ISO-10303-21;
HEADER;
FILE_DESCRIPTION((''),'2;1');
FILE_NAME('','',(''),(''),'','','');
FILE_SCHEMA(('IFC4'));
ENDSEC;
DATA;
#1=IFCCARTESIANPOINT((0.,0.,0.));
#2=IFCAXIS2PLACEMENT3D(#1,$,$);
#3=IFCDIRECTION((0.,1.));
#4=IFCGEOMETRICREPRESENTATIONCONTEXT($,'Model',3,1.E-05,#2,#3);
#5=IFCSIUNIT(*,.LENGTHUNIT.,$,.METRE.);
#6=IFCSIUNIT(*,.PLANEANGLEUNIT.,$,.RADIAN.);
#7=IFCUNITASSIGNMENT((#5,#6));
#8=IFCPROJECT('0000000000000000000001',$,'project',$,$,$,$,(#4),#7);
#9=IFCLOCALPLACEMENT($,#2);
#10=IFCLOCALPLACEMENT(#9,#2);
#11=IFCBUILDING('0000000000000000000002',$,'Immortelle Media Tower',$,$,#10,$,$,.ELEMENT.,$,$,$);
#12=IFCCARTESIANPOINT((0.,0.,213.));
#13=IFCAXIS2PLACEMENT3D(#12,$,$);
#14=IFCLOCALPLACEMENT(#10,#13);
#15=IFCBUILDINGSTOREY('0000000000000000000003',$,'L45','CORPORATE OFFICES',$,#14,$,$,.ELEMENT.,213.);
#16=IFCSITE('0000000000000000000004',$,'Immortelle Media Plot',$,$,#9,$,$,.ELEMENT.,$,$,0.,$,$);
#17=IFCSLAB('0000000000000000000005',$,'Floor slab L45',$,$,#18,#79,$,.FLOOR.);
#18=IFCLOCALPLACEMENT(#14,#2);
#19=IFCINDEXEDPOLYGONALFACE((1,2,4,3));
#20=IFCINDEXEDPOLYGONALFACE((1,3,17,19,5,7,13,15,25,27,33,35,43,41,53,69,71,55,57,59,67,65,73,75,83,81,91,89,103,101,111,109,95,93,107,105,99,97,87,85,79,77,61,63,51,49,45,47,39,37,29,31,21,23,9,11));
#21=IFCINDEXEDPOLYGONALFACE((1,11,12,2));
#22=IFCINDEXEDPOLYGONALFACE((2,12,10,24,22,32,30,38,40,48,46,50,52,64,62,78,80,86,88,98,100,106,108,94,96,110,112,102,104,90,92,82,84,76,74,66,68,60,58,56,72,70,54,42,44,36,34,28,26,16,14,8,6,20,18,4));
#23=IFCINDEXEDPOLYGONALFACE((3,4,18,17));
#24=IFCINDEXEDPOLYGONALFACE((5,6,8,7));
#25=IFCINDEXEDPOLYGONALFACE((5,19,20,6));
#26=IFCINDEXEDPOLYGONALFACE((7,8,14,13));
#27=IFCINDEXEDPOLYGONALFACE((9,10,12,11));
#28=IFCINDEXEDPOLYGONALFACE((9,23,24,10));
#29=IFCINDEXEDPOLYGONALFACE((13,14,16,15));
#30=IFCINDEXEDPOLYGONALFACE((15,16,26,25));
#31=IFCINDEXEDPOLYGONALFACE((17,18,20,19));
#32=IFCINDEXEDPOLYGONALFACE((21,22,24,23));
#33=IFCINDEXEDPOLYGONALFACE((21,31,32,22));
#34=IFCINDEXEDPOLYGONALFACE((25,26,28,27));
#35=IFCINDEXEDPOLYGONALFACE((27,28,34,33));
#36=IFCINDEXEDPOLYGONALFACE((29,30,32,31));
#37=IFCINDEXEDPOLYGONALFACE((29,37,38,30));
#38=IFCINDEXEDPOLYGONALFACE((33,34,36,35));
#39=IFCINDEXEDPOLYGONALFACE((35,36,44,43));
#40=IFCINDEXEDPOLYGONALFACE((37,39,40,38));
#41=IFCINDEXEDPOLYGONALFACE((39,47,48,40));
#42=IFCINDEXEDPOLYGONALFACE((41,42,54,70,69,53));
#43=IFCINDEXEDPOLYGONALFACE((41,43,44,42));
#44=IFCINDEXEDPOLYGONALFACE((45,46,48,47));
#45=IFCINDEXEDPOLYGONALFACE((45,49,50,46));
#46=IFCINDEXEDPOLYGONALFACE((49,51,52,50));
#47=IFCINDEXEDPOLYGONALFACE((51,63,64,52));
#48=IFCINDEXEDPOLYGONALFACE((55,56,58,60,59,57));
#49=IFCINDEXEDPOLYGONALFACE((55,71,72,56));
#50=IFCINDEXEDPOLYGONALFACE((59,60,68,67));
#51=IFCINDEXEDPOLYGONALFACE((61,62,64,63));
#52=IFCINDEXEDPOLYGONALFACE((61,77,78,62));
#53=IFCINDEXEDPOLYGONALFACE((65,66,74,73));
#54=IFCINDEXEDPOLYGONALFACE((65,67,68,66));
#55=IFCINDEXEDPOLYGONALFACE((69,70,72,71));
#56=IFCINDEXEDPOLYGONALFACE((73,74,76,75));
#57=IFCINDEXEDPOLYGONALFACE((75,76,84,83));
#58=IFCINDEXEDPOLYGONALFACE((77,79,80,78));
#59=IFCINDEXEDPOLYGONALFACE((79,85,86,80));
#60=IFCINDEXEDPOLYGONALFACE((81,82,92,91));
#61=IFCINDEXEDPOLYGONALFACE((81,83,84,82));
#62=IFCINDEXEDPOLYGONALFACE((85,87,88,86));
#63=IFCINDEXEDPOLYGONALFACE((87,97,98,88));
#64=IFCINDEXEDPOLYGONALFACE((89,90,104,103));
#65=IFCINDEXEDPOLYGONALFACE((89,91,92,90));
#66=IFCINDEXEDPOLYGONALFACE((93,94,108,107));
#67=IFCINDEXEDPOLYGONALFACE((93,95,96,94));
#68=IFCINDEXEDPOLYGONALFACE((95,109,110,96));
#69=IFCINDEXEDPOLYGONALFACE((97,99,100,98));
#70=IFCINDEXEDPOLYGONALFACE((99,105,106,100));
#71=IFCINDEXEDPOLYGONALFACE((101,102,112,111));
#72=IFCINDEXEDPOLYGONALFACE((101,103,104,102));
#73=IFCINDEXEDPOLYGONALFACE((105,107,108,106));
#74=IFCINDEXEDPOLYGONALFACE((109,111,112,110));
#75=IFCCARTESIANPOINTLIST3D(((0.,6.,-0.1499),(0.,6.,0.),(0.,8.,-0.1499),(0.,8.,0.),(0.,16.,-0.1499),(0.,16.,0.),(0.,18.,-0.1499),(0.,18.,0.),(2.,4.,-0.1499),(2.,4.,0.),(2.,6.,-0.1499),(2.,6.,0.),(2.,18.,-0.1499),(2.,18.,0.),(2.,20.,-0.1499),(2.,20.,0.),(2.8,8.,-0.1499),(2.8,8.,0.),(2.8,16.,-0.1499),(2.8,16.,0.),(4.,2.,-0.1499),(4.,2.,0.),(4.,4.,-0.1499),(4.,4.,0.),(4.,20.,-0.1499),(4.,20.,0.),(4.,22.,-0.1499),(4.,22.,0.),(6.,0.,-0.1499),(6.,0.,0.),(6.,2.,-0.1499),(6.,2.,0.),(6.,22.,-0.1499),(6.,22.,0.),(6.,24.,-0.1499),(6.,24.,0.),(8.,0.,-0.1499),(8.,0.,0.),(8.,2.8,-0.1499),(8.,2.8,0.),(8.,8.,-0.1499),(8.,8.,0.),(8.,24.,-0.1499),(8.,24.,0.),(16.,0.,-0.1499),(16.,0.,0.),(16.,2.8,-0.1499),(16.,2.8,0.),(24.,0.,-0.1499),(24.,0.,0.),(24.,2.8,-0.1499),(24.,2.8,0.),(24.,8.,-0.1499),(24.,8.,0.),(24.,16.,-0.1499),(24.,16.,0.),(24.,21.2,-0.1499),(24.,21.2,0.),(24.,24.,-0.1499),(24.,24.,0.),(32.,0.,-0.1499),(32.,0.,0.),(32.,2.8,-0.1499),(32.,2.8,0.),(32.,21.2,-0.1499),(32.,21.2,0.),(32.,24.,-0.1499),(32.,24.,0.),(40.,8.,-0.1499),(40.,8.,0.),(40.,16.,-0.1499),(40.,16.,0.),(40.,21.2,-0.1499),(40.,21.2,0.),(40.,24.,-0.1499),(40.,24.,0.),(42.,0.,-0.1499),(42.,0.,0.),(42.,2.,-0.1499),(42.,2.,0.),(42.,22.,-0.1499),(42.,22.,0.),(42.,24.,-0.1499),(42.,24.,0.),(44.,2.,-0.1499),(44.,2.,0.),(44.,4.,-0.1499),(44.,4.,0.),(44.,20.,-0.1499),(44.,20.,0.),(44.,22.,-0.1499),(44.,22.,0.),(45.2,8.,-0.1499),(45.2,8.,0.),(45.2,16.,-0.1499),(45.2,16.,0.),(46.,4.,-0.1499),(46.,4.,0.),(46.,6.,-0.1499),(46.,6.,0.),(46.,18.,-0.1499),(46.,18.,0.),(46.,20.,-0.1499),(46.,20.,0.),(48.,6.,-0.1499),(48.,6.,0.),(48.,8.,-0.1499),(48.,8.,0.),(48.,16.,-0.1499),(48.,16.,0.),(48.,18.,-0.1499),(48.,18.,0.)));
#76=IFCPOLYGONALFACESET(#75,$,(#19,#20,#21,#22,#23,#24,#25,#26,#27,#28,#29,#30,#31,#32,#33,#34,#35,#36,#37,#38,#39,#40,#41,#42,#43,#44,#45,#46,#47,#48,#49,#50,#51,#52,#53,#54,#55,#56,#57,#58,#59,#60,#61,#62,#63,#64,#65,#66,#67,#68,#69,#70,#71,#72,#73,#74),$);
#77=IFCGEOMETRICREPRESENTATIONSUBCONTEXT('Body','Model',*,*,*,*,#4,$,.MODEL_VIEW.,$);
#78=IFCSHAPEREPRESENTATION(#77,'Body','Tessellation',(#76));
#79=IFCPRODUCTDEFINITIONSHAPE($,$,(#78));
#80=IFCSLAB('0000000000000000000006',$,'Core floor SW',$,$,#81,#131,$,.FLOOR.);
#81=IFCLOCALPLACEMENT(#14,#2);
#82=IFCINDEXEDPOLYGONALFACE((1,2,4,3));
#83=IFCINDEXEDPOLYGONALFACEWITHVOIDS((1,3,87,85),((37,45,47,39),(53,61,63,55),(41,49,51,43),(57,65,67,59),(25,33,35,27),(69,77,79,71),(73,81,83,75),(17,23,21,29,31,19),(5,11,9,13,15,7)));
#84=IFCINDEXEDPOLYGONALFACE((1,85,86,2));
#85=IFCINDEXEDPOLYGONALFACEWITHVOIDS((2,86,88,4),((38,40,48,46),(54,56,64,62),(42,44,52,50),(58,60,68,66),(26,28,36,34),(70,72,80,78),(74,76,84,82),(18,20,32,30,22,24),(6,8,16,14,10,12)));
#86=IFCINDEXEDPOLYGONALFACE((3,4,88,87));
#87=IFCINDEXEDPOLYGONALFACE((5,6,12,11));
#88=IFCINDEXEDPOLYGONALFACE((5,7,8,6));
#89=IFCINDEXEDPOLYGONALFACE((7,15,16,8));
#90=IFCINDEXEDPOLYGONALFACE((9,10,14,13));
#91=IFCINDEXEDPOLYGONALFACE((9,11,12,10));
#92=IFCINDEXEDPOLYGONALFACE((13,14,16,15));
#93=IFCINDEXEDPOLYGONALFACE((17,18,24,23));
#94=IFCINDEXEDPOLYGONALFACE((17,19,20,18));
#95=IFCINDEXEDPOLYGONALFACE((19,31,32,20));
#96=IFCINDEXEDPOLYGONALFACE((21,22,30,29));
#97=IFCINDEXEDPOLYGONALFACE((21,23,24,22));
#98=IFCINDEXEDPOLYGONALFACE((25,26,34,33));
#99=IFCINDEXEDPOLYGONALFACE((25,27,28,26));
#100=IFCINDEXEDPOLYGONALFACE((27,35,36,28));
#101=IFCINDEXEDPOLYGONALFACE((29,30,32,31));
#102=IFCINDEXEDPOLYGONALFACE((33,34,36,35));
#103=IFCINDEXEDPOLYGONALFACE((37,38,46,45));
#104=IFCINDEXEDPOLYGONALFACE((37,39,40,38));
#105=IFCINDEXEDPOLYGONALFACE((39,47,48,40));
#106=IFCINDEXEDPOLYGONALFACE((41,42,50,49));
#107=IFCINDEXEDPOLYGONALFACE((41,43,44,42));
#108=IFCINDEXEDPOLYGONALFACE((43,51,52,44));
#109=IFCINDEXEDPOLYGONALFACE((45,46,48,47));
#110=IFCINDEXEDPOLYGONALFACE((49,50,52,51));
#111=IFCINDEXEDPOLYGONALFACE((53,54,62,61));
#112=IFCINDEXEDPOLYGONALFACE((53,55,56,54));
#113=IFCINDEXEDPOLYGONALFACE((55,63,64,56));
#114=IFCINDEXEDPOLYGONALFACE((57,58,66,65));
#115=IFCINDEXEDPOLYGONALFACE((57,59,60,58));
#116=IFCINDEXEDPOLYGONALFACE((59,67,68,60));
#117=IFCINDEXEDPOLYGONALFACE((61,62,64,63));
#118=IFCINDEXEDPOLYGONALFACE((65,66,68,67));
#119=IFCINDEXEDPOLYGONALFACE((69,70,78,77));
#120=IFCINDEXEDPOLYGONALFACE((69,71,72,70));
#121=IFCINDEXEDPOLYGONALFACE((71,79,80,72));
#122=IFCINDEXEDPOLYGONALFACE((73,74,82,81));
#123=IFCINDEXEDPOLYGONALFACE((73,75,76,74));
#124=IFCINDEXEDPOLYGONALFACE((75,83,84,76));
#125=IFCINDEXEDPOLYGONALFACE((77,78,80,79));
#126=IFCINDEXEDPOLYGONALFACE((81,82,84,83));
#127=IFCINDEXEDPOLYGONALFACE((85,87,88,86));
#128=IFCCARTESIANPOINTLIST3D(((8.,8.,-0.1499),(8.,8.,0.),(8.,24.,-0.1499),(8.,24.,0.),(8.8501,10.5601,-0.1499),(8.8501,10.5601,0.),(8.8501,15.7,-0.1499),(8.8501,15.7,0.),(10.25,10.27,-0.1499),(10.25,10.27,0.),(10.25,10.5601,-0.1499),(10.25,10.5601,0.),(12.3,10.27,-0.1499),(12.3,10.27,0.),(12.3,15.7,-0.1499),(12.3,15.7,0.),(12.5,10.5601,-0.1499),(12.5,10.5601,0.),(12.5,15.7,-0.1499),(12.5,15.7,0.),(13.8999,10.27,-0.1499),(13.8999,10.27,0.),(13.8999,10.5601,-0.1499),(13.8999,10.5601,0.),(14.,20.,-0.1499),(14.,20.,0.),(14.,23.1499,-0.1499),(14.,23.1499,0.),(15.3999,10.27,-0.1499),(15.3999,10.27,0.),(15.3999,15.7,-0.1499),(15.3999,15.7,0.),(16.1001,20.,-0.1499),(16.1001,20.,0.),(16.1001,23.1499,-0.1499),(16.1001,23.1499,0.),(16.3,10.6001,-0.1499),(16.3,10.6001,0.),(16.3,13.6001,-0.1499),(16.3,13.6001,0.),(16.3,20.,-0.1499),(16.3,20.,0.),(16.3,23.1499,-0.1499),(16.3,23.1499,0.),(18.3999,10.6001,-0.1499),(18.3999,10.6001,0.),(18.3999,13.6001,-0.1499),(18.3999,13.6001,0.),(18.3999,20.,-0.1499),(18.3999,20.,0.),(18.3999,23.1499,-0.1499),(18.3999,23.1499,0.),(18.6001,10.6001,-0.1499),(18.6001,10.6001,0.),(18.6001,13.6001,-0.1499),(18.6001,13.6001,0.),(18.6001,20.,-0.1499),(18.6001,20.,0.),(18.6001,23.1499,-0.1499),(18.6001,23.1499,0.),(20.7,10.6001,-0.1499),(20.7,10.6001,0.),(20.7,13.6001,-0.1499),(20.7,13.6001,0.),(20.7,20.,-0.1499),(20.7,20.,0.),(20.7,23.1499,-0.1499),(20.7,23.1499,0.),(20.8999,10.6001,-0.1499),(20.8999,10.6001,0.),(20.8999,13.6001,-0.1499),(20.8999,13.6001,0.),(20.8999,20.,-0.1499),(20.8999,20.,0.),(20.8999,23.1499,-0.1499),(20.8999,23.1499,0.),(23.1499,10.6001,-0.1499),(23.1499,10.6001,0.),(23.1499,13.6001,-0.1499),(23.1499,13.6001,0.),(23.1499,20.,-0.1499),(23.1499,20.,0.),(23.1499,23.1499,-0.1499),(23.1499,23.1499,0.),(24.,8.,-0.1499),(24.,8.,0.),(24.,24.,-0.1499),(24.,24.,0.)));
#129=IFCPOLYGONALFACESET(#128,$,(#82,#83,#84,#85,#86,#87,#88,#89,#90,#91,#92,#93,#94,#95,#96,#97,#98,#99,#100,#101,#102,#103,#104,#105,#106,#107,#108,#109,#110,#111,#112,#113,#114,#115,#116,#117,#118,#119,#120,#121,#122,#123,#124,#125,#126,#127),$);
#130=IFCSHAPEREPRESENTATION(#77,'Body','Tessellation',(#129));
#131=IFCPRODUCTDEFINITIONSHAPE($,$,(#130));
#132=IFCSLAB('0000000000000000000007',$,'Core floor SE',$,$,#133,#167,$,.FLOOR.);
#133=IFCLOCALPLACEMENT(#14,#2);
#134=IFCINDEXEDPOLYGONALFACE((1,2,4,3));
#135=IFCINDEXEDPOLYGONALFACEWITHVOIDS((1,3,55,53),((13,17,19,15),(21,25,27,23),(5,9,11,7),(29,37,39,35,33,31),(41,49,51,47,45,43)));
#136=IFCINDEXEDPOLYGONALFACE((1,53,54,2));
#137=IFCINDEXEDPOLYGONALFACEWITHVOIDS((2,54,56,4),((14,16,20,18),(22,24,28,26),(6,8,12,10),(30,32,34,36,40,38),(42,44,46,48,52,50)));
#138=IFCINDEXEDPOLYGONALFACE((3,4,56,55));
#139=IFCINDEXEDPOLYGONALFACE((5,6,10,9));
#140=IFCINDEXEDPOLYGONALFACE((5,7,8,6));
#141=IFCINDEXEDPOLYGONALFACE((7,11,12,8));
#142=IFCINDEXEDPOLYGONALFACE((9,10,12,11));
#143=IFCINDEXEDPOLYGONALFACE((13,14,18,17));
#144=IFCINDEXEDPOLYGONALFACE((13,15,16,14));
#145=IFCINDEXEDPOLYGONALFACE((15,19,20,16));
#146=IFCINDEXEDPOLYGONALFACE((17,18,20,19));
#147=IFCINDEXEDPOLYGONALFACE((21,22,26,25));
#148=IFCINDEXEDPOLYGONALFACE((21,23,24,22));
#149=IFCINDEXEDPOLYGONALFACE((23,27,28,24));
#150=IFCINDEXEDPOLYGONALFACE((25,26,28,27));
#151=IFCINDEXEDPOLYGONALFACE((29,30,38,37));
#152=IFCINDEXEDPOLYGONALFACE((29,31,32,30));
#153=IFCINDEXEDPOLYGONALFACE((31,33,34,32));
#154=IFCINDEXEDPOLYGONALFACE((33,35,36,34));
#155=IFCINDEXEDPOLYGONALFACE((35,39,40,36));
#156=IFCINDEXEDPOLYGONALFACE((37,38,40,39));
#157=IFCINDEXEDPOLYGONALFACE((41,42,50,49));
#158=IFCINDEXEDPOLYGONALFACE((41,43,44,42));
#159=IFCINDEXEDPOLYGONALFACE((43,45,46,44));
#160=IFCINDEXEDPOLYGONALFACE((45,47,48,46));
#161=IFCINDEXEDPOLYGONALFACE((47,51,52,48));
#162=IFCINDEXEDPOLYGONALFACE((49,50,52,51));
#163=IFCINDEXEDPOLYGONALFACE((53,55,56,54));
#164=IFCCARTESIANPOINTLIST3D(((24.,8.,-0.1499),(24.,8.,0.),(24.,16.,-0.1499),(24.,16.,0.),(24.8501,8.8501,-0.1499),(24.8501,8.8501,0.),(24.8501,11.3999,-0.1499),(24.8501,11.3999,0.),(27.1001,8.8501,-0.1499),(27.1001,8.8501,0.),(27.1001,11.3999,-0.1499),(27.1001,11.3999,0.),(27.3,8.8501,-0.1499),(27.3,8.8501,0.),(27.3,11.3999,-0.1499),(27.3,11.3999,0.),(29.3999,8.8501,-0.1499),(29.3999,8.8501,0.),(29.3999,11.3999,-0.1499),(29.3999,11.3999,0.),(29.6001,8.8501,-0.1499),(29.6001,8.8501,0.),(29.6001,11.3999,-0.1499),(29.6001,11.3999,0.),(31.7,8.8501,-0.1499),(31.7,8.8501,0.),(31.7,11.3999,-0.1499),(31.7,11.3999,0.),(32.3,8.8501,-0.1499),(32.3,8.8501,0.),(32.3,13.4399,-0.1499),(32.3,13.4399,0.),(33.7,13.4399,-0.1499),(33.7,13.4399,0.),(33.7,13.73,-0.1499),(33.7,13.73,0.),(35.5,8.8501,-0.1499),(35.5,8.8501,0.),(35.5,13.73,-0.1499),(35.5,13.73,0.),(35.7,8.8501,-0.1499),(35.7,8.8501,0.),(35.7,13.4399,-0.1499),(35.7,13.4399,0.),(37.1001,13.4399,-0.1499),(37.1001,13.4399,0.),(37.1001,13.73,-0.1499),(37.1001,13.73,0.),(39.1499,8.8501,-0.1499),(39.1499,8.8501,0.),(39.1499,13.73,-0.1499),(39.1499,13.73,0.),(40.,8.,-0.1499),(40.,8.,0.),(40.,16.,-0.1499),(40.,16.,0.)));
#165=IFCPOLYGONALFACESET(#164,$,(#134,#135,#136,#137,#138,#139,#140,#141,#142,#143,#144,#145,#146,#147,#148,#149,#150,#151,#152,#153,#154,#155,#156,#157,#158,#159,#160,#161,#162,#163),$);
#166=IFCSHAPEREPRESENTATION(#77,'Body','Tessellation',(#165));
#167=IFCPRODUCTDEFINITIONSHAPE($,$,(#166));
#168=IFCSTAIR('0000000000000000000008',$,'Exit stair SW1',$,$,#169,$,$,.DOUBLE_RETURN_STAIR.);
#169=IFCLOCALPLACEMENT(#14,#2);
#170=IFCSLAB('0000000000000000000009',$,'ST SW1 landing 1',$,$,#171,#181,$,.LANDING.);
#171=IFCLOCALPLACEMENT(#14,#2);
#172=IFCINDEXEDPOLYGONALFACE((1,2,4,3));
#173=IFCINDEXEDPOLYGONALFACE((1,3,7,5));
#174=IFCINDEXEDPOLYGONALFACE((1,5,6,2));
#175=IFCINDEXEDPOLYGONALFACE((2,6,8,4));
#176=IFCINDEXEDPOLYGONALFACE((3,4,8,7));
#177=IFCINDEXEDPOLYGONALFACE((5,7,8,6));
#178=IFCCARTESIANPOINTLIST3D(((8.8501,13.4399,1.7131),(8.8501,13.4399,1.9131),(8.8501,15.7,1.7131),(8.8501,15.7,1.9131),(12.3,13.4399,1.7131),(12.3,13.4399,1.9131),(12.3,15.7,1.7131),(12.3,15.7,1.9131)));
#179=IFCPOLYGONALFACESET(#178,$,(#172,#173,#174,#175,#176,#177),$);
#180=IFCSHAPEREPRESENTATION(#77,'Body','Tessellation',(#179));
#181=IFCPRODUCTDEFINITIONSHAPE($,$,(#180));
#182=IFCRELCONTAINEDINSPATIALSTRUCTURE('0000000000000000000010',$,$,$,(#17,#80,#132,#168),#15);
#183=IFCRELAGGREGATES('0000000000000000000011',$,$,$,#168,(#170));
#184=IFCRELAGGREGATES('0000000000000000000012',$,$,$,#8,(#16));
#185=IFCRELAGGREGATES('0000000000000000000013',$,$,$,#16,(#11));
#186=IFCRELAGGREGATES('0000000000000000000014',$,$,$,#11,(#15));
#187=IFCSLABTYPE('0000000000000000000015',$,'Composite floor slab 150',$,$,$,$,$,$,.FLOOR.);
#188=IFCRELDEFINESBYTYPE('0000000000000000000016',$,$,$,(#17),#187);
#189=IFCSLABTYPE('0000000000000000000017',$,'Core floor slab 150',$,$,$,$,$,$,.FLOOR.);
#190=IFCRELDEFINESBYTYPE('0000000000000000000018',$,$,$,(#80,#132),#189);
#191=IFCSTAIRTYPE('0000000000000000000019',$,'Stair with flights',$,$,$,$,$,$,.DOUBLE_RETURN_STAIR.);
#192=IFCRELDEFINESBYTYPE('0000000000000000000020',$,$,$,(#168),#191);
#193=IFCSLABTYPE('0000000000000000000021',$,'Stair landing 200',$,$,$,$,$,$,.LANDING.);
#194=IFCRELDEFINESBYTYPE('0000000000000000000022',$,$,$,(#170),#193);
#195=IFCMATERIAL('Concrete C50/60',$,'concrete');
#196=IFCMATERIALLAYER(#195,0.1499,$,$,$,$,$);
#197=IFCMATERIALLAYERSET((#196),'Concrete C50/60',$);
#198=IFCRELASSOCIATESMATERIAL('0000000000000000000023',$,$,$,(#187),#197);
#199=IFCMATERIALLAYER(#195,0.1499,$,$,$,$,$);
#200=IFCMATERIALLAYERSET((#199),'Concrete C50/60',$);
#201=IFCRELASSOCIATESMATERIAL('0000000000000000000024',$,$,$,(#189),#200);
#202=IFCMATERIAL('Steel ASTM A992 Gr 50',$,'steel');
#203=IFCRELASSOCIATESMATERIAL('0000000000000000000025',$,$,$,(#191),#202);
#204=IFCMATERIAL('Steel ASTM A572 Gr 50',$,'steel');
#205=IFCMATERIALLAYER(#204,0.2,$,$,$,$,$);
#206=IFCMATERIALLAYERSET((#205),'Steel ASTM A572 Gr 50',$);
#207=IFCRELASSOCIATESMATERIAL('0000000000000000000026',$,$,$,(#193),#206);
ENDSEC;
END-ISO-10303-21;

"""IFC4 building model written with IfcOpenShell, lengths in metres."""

from ifc_helpers import new_model, si_unit, direction, frame, origin, place, context, subcontext, project, spatial, polyline, outline, extrude, material, layer, layer_set, type_object, element, aggregate, save


model = new_model("IFC4")

# Units and contexts
model_context = context("Model", 3, precision=1e-05, world=origin(), true_north=direction((0.0, 1.0)))
body_context = subcontext(model_context, "Body", "Model", "MODEL_VIEW")
ifc_project = project(units=[si_unit("LENGTHUNIT", "METRE"), si_unit("PLANEANGLEUNIT", "RADIAN")], contexts=[model_context])

# Site, building, storey
site_placement = place(None, origin())
site = spatial("IfcSite", under=ifc_project, at=site_placement, Name="Immortelle Media Plot", CompositionType="ELEMENT", RefElevation=0.0)
building_placement = place(site_placement, origin())
building = spatial("IfcBuilding", under=site, at=building_placement, Name="Immortelle Media Tower", CompositionType="ELEMENT")
storey_placement = place(building_placement, frame((0.0, 0.0, 213.0)))
storey = spatial("IfcBuildingStorey", under=building, at=storey_placement, Name="L45", Description="CORPORATE OFFICES", CompositionType="ELEMENT", Elevation=213.0)

# Shared definitions
ifc_material_1 = material(Name="Steel ASTM A992 Gr 50", Category="steel")

# Slabs
ifc_material_2 = material(Name="Concrete C50/60", Category="concrete")
ifc_layer_1 = layer(ifc_material_2, 0.1499)
ifc_layer_set_1 = layer_set([ifc_layer_1], Name="Concrete C50/60")
slab_type_1 = type_object("IfcSlabType", Name="Composite floor slab 150", PredefinedType="FLOOR", material=ifc_layer_set_1)
slab_1_placement = place(storey_placement, frame((0.0, 0.0, -0.1499)))
element("IfcSlab", 1, at=slab_1_placement, inside=storey, type_object=slab_type_1, Name="Floor slab L45", PredefinedType="FLOOR", context=body_context, shape_type="SweptSolid", body=[
    extrude(outline(polyline([(6.0, 0.0), (6.0, 2.0), (4.0, 2.0), (4.0, 4.0), (2.0, 4.0), (2.0, 6.0), (0.0, 6.0), (0.0, 8.0), (2.8, 8.0), (2.8, 16.0), (0.0, 16.0), (0.0, 18.0), (2.0, 18.0), (2.0, 20.0), (4.0, 20.0), (4.0, 22.0), (6.0, 22.0), (6.0, 24.0), (8.0, 24.0), (8.0, 8.0), (24.0, 8.0), (40.0, 8.0), (40.0, 16.0), (24.0, 16.0), (24.0, 21.2), (24.0, 24.0), (32.0, 24.0), (32.0, 21.2), (40.0, 21.2), (40.0, 24.0), (42.0, 24.0), (42.0, 22.0), (44.0, 22.0), (44.0, 20.0), (46.0, 20.0), (46.0, 18.0), (48.0, 18.0), (48.0, 16.0), (45.2, 16.0), (45.2, 8.0), (48.0, 8.0), (48.0, 6.0), (46.0, 6.0), (46.0, 4.0), (44.0, 4.0), (44.0, 2.0), (42.0, 2.0), (42.0, 0.0), (32.0, 0.0), (32.0, 2.8), (24.0, 2.8), (24.0, 0.0), (16.0, 0.0), (16.0, 2.8), (8.0, 2.8), (8.0, 0.0), (6.0, 0.0)])), origin(), (0.0, 0.0, 1.0), 0.1499),
])
ifc_layer_2 = layer(ifc_material_2, 0.1499)
ifc_layer_set_2 = layer_set([ifc_layer_2], Name="Concrete C50/60")
slab_type_2 = type_object("IfcSlabType", Name="Core floor slab 150", PredefinedType="FLOOR", material=ifc_layer_set_2)
slab_2_placement = place(storey_placement, frame((0.0, 0.0, -0.1499)))
element("IfcSlab", 2, at=slab_2_placement, inside=storey, type_object=slab_type_2, Name="Core floor SW", PredefinedType="FLOOR", context=body_context, shape_type="SweptSolid", body=[
    extrude(outline(polyline([(8.0, 8.0), (24.0, 8.0), (24.0, 24.0), (8.0, 24.0), (8.0, 8.0)]), holes=[polyline([(14.0, 20.0), (16.1001, 20.0), (16.1001, 23.1499), (14.0, 23.1499), (14.0, 20.0)]), polyline([(16.3, 20.0), (18.3999, 20.0), (18.3999, 23.1499), (16.3, 23.1499), (16.3, 20.0)]), polyline([(18.6001, 20.0), (20.7, 20.0), (20.7, 23.1499), (18.6001, 23.1499), (18.6001, 20.0)]), polyline([(20.8999, 20.0), (23.1499, 20.0), (23.1499, 23.1499), (20.8999, 23.1499), (20.8999, 20.0)]), polyline([(16.3, 10.6001), (18.3999, 10.6001), (18.3999, 13.6001), (16.3, 13.6001), (16.3, 10.6001)]), polyline([(18.6001, 10.6001), (20.7, 10.6001), (20.7, 13.6001), (18.6001, 13.6001), (18.6001, 10.6001)]), polyline([(20.8999, 10.6001), (23.1499, 10.6001), (23.1499, 13.6001), (20.8999, 13.6001), (20.8999, 10.6001)]), polyline([(8.8501, 15.7), (12.3, 15.7), (12.3, 10.27), (10.25, 10.27), (10.25, 10.5601), (8.8501, 10.5601), (8.8501, 15.7)]), polyline([(12.5, 15.7), (15.3999, 15.7), (15.3999, 10.27), (13.8999, 10.27), (13.8999, 10.5601), (12.5, 10.5601), (12.5, 15.7)])]), origin(), (0.0, 0.0, 1.0), 0.1499),
])
slab_3_placement = place(storey_placement, frame((0.0, 0.0, -0.1499)))
element("IfcSlab", 3, at=slab_3_placement, inside=storey, type_object=slab_type_2, Name="Core floor SE", PredefinedType="FLOOR", context=body_context, shape_type="SweptSolid", body=[
    extrude(outline(polyline([(24.0, 8.0), (40.0, 8.0), (40.0, 16.0), (24.0, 16.0), (24.0, 8.0)]), holes=[polyline([(24.8501, 8.8501), (27.1001, 8.8501), (27.1001, 11.3999), (24.8501, 11.3999), (24.8501, 8.8501)]), polyline([(27.3, 8.8501), (29.3999, 8.8501), (29.3999, 11.3999), (27.3, 11.3999), (27.3, 8.8501)]), polyline([(29.6001, 8.8501), (31.7, 8.8501), (31.7, 11.3999), (29.6001, 11.3999), (29.6001, 8.8501)]), polyline([(35.5, 13.73), (35.5, 8.8501), (32.3, 8.8501), (32.3, 13.4399), (33.7, 13.4399), (33.7, 13.73), (35.5, 13.73)]), polyline([(39.1499, 13.73), (39.1499, 8.8501), (35.7, 8.8501), (35.7, 13.4399), (37.1001, 13.4399), (37.1001, 13.73), (39.1499, 13.73)])]), origin(), (0.0, 0.0, 1.0), 0.1499),
])

# Stair, slab
stair_type = type_object("IfcStairType", Name="Stair with flights", PredefinedType="DOUBLE_RETURN_STAIR", material=ifc_material_1)
stair_1_placement = place(storey_placement, origin())
stair_1 = element("IfcStair", 4, at=stair_1_placement, inside=storey, type_object=stair_type, Name="Exit stair SW1", PredefinedType="DOUBLE_RETURN_STAIR")
ifc_material_3 = material(Name="Steel ASTM A572 Gr 50", Category="steel")
ifc_layer_3 = layer(ifc_material_3, 0.2)
ifc_layer_set_3 = layer_set([ifc_layer_3], Name="Steel ASTM A572 Gr 50")
slab_type_3 = type_object("IfcSlabType", Name="Stair landing 200", PredefinedType="LANDING", material=ifc_layer_set_3)
slab_4_placement = place(storey_placement, frame((0.0, 0.0, 1.7131)))
slab_4 = element("IfcSlab", 5, at=slab_4_placement, type_object=slab_type_3, Name="ST SW1 landing 1", PredefinedType="LANDING", context=body_context, shape_type="SweptSolid", body=[
    extrude(outline(polyline([(8.8501, 13.4399), (12.3, 13.4399), (12.3, 15.7), (8.8501, 15.7), (8.8501, 13.4399)])), origin(), (0.0, 0.0, 1.0), 0.2),
])
aggregate(stair_1, [slab_4])

save(model, "model.ifc")
